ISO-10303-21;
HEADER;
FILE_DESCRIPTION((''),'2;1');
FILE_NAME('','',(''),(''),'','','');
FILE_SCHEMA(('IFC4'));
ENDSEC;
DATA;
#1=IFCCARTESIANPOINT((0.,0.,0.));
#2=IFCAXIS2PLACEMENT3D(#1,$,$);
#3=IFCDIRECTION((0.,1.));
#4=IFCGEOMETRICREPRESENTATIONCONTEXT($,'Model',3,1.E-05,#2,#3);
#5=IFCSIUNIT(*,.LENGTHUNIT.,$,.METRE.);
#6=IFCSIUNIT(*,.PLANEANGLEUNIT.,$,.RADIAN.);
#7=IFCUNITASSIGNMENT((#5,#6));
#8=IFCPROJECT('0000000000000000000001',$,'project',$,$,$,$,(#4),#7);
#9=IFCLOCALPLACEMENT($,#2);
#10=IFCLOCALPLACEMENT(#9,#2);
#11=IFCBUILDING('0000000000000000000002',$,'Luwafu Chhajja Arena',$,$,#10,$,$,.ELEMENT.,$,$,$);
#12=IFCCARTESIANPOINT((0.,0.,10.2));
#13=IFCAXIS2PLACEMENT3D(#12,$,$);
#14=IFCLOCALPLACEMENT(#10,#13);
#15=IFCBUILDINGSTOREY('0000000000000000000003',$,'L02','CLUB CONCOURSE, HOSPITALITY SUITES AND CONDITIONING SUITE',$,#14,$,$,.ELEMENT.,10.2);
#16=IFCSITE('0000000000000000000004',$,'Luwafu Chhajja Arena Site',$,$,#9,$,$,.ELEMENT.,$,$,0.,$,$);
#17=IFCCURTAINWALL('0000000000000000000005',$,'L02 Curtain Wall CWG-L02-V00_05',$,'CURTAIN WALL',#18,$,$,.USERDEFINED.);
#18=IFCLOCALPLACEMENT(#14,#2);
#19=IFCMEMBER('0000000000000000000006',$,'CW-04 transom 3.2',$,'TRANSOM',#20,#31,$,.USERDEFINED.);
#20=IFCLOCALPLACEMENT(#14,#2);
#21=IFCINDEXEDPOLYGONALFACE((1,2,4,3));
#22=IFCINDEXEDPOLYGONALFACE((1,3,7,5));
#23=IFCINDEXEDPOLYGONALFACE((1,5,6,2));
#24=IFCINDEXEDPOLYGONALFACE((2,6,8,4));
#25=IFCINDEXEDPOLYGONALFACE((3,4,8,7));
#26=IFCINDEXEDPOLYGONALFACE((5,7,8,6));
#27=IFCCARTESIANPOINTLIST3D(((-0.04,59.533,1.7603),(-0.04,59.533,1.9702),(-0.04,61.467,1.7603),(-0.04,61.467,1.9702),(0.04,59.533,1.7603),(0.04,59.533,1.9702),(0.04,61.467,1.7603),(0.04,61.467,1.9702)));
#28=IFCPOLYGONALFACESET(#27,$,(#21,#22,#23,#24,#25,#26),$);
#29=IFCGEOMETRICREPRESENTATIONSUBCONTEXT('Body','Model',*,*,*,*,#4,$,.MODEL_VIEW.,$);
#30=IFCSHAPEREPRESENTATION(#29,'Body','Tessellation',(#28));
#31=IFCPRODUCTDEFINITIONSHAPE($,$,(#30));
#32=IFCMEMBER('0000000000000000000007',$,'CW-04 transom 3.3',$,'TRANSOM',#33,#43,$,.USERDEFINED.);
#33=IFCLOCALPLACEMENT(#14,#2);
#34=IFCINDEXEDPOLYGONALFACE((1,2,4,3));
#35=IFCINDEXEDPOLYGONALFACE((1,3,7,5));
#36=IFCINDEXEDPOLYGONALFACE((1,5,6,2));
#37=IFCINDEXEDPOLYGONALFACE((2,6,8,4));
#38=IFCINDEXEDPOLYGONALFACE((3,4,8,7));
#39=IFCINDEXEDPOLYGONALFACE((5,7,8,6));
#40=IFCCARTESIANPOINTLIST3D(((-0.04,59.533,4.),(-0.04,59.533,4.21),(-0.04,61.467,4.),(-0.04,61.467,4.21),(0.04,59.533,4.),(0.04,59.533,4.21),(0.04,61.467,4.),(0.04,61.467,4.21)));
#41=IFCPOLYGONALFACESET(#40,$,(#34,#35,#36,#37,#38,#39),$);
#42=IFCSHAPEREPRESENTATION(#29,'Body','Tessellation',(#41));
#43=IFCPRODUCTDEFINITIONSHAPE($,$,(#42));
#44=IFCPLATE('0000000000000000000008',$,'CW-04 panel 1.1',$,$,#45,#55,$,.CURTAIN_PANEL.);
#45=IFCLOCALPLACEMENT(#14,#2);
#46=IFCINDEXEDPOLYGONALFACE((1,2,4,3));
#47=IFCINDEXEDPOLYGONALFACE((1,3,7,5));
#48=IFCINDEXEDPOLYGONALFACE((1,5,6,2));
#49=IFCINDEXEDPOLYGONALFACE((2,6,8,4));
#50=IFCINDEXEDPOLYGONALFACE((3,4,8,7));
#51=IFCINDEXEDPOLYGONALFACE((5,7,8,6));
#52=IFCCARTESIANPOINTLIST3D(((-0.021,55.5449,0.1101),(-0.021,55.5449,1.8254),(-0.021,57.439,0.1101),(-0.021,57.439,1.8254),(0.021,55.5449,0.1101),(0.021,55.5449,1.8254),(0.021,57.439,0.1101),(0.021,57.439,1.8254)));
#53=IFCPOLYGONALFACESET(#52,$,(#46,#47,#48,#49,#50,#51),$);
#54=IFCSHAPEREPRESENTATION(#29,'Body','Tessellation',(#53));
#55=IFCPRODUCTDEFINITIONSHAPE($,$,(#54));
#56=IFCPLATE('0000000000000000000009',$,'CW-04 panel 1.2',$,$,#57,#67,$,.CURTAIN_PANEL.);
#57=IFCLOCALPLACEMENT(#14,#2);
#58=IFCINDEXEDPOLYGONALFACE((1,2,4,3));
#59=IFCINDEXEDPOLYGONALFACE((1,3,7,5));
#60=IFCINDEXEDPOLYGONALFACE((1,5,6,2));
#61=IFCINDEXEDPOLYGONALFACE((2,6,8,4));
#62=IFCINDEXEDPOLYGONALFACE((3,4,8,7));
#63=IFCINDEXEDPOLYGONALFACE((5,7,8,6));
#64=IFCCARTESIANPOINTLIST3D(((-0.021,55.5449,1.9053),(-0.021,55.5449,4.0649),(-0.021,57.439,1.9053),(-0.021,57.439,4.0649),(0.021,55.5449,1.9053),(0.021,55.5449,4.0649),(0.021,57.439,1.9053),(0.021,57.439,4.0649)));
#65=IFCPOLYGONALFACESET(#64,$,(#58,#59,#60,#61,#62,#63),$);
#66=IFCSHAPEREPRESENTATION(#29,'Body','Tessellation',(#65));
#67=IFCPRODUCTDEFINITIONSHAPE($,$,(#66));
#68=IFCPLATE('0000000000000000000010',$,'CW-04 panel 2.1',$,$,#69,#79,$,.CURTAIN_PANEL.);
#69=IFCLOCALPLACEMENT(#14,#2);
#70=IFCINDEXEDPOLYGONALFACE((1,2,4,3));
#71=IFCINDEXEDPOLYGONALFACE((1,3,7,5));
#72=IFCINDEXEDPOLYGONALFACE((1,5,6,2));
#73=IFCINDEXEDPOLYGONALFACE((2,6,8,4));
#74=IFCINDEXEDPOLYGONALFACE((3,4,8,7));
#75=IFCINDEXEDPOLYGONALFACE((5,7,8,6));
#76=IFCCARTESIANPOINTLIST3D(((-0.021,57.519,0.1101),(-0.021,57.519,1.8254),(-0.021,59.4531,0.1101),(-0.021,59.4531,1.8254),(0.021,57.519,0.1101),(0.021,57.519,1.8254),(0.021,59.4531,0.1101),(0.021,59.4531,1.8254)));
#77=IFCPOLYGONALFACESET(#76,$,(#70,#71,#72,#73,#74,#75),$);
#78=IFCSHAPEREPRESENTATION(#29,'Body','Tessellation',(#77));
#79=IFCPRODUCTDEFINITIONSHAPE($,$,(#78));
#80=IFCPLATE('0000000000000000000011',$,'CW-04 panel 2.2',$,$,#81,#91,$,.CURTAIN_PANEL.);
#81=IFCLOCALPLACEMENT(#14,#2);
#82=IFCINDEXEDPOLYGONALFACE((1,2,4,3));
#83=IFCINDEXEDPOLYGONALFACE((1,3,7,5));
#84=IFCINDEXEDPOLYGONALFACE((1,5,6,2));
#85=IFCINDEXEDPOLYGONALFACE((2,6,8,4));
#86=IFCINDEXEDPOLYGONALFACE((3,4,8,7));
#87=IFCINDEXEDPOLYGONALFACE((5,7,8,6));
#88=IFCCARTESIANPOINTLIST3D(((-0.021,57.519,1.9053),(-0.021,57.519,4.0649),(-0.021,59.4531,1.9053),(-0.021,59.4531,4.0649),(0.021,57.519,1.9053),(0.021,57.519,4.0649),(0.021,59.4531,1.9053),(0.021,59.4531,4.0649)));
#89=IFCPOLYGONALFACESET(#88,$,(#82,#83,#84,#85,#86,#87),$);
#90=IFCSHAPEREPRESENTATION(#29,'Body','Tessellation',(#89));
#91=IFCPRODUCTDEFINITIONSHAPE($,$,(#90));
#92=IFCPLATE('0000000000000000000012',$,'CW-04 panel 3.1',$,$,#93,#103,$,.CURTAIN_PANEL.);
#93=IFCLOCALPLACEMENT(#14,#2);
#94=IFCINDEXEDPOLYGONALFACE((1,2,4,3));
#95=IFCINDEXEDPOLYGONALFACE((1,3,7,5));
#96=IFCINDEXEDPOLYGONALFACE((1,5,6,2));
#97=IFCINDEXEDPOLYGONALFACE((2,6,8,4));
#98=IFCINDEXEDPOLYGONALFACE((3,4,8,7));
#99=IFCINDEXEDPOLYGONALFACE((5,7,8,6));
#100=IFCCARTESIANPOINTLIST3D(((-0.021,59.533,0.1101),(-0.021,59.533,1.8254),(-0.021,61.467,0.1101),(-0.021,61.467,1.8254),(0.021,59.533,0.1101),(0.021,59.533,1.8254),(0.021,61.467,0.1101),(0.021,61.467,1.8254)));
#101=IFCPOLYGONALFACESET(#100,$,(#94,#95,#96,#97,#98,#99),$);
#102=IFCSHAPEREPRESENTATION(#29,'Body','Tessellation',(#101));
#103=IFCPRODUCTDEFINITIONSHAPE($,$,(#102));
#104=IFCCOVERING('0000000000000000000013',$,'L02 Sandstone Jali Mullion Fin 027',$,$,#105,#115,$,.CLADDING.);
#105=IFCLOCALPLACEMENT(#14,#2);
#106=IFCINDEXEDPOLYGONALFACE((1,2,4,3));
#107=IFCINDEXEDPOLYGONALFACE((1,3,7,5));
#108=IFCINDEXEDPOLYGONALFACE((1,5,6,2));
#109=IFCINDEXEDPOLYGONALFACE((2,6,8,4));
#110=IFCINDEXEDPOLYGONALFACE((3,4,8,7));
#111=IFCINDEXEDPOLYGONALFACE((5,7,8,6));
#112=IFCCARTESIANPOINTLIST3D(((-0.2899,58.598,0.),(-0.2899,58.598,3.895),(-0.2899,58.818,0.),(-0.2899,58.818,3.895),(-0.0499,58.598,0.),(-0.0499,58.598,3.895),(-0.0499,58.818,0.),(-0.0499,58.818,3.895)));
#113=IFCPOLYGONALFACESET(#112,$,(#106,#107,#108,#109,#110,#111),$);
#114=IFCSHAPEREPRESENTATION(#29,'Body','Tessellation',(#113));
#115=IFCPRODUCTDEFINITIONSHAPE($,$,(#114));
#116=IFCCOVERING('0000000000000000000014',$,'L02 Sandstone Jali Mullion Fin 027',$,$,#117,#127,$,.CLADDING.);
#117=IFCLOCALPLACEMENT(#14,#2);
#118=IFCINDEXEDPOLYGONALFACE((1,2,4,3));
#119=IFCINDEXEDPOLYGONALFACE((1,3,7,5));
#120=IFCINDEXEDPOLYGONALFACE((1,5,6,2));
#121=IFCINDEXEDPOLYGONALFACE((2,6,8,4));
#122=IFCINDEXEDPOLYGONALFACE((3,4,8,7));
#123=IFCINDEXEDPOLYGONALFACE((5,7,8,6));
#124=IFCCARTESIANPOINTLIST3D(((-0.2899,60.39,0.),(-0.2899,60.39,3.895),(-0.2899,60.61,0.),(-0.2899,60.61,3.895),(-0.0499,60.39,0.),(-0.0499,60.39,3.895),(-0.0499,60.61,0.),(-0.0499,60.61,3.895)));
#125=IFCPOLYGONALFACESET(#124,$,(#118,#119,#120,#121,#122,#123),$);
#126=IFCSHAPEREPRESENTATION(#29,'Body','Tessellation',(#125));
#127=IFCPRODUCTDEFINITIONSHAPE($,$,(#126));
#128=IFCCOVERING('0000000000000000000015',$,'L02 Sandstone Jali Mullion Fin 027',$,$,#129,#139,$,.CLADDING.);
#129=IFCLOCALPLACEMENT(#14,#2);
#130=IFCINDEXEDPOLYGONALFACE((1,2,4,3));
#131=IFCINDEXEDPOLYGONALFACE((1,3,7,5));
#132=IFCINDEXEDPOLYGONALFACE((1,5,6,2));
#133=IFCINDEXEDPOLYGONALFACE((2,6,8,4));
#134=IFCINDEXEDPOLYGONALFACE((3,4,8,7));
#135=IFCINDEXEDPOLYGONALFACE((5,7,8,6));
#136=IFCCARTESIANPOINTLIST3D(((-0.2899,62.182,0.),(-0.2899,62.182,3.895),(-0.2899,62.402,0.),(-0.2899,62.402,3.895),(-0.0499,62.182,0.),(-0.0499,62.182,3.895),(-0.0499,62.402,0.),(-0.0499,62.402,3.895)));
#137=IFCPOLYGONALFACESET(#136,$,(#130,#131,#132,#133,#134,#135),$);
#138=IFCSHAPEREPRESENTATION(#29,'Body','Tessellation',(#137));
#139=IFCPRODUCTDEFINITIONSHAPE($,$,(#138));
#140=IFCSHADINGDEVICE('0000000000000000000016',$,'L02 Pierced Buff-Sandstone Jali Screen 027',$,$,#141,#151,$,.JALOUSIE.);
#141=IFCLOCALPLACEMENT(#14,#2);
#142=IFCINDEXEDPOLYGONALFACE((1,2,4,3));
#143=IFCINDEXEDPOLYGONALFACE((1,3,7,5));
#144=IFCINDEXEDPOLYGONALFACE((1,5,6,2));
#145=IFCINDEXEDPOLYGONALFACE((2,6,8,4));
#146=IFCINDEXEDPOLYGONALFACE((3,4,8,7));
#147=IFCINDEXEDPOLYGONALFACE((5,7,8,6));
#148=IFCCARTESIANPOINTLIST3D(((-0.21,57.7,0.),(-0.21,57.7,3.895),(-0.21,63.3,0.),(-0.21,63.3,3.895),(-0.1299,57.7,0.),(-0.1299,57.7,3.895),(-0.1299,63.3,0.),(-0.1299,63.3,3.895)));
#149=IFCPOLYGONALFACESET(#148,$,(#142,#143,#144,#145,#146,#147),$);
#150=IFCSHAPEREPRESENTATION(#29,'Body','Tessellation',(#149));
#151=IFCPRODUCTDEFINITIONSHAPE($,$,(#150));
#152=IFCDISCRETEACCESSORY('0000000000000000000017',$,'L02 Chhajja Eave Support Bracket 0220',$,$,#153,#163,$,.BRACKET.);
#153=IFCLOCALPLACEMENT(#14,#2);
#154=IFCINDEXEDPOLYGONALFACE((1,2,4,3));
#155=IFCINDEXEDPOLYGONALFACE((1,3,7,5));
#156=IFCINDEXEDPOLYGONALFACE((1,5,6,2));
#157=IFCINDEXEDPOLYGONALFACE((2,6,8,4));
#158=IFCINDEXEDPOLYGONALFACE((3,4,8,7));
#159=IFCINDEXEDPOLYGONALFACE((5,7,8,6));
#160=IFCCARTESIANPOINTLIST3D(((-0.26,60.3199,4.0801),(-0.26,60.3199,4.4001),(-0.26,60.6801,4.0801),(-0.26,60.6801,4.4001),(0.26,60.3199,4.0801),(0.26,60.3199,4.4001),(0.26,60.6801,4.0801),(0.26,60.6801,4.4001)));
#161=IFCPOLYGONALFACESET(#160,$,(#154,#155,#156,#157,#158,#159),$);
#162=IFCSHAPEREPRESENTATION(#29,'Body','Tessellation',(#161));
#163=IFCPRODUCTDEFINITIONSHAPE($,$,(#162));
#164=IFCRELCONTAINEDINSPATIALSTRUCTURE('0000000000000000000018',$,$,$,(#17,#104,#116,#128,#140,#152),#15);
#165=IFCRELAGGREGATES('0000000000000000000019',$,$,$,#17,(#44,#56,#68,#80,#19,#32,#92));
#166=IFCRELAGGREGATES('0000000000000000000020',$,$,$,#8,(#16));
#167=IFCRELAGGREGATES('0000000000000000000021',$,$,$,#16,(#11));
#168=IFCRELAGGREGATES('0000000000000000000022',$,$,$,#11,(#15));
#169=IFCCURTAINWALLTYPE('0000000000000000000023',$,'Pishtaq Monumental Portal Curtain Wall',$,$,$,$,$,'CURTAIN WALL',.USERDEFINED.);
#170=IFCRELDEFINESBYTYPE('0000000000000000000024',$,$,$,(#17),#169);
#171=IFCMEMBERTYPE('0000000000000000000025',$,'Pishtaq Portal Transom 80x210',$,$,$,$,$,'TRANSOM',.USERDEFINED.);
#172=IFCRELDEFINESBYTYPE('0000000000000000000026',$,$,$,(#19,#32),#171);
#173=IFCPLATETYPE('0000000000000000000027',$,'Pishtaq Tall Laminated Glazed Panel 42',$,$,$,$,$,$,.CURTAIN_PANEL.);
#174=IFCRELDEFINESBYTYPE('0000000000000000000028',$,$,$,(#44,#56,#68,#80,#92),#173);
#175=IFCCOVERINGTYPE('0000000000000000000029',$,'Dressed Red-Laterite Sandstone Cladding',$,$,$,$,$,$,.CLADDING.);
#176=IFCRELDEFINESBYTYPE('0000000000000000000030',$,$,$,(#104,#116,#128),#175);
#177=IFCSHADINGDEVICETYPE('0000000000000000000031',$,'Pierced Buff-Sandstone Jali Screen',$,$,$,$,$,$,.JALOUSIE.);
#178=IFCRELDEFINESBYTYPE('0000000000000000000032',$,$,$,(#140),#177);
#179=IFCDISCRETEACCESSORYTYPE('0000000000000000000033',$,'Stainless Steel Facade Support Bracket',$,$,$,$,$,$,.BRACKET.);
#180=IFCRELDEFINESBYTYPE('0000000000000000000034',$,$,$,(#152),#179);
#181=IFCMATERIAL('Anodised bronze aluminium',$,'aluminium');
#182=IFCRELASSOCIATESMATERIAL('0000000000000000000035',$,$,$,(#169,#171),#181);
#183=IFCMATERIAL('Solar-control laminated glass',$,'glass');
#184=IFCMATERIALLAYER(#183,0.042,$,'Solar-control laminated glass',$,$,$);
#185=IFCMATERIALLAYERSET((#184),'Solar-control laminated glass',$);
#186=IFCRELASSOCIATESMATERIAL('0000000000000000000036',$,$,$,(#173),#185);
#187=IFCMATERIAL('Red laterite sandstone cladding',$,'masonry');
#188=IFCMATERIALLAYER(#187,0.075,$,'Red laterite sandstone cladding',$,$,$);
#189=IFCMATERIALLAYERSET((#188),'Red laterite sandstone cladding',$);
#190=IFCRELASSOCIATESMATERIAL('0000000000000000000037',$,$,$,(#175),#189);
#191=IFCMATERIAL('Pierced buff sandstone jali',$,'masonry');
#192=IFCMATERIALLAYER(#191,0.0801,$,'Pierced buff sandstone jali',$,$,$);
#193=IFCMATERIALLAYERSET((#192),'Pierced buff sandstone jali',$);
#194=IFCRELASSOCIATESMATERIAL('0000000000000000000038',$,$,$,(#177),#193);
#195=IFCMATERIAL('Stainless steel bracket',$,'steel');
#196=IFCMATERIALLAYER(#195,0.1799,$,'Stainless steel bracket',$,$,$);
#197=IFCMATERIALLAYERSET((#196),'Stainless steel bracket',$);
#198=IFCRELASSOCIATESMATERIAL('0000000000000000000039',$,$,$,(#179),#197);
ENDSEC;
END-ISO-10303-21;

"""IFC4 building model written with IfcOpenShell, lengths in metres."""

from ifc_helpers import new_model, si_unit, direction, frame, origin, origin_2d, place, context, subcontext, project, spatial, rectangle, extrude, material, layer, layer_set, material_profile, profile_set, type_object, element, aggregate, save


model = new_model("IFC4")

# Units and contexts
model_context = context("Model", 3, precision=1e-05, world=origin(), true_north=direction((0.0, 1.0)))
body_context = subcontext(model_context, "Body", "Model", "MODEL_VIEW")
ifc_project = project(units=[si_unit("LENGTHUNIT", "METRE"), si_unit("PLANEANGLEUNIT", "RADIAN")], contexts=[model_context])

# Site, building, storey
site_placement = place(None, origin())
site = spatial("IfcSite", under=ifc_project, at=site_placement, Name="Luwafu Chhajja Arena Site", CompositionType="ELEMENT", RefElevation=0.0)
building_placement = place(site_placement, origin())
building = spatial("IfcBuilding", under=site, at=building_placement, Name="Luwafu Chhajja Arena", CompositionType="ELEMENT")
storey_placement = place(building_placement, frame((0.0, 0.0, 10.2)))
storey = spatial("IfcBuildingStorey", under=building, at=storey_placement, Name="L02", Description="CLUB CONCOURSE, HOSPITALITY SUITES AND CONDITIONING SUITE", CompositionType="ELEMENT", Elevation=10.2)

# Curtain wall, members, plates
ifc_material_1 = material(Name="Anodised bronze aluminium", Category="aluminium")
curtain_wall_type = type_object("IfcCurtainWallType", Name="Pishtaq Monumental Portal Curtain Wall", ElementType="CURTAIN WALL", PredefinedType="USERDEFINED", material=ifc_material_1)
curtain_wall_placement = place(storey_placement, origin())
curtain_wall = element("IfcCurtainWall", 1, at=curtain_wall_placement, inside=storey, type_object=curtain_wall_type, Name="L02 Curtain Wall CWG-L02-V00_05", ObjectType="CURTAIN WALL", PredefinedType="USERDEFINED")
ifc_material_profile_1 = material_profile(ifc_material_1, rectangle(XDim=0.0801, YDim=0.21, at=origin_2d()), Name="CWT 80x210")
ifc_profile_set_1 = profile_set([ifc_material_profile_1], Name="Anodised bronze aluminium")
member_type_1 = type_object("IfcMemberType", Name="Pishtaq Portal Transom 80x210", ElementType="TRANSOM", PredefinedType="USERDEFINED", material=ifc_profile_set_1)
member_1_placement = place(storey_placement, frame((0.0, 59.533, 1.8652), z_axis=(0.0, 1.0, 0.0), x_axis=(-1.0, 0.0, 0.0)))
member_1 = element("IfcMember", 2, at=member_1_placement, type_object=member_type_1, Name="CW-04 transom 3.2", ObjectType="TRANSOM", PredefinedType="USERDEFINED", context=body_context, shape_type="SweptSolid", body=[
    extrude(rectangle(XDim=0.0801, YDim=0.21, at=origin_2d()), origin(), (0.0, 0.0, 1.0), 1.9341),
])
member_2_placement = place(storey_placement, frame((0.0, 59.533, 4.105), z_axis=(0.0, 1.0, 0.0), x_axis=(-1.0, 0.0, 0.0)))
member_2 = element("IfcMember", 3, at=member_2_placement, type_object=member_type_1, Name="CW-04 transom 3.3", ObjectType="TRANSOM", PredefinedType="USERDEFINED", context=body_context, shape_type="SweptSolid", body=[
    extrude(rectangle(XDim=0.0801, YDim=0.21, at=origin_2d()), origin(), (0.0, 0.0, 1.0), 1.9341),
])
ifc_material_2 = material(Name="Solar-control laminated glass", Category="glass")
ifc_layer_1 = layer(ifc_material_2, 0.042, Name="Solar-control laminated glass")
ifc_layer_set_1 = layer_set([ifc_layer_1], Name="Solar-control laminated glass")
plate_type = type_object("IfcPlateType", Name="Pishtaq Tall Laminated Glazed Panel 42", PredefinedType="CURTAIN_PANEL", material=ifc_layer_set_1)
plate_1_placement = place(storey_placement, frame((0.0, 56.4919, 0.1101), z_axis=(0.0, 0.0, 1.0), x_axis=(0.0, 1.0, 0.0)))
plate_1 = element("IfcPlate", 4, at=plate_1_placement, type_object=plate_type, Name="CW-04 panel 1.1", PredefinedType="CURTAIN_PANEL", context=body_context, shape_type="SweptSolid", body=[
    extrude(rectangle(XDim=1.894, YDim=0.042, at=origin_2d()), origin(), (0.0, 0.0, 1.0), 1.7153),
])
plate_2_placement = place(storey_placement, frame((0.0, 56.4919, 1.9053), z_axis=(0.0, 0.0, 1.0), x_axis=(0.0, 1.0, 0.0)))
plate_2 = element("IfcPlate", 5, at=plate_2_placement, type_object=plate_type, Name="CW-04 panel 1.2", PredefinedType="CURTAIN_PANEL", context=body_context, shape_type="SweptSolid", body=[
    extrude(rectangle(XDim=1.894, YDim=0.042, at=origin_2d()), origin(), (0.0, 0.0, 1.0), 2.1597),
])
plate_3_placement = place(storey_placement, frame((0.0, 58.4861, 0.1101), z_axis=(0.0, 0.0, 1.0), x_axis=(0.0, 1.0, 0.0)))
plate_3 = element("IfcPlate", 6, at=plate_3_placement, type_object=plate_type, Name="CW-04 panel 2.1", PredefinedType="CURTAIN_PANEL", context=body_context, shape_type="SweptSolid", body=[
    extrude(rectangle(XDim=1.9341, YDim=0.042, at=origin_2d()), origin(), (0.0, 0.0, 1.0), 1.7153),
])
plate_4_placement = place(storey_placement, frame((0.0, 58.4861, 1.9053), z_axis=(0.0, 0.0, 1.0), x_axis=(0.0, 1.0, 0.0)))
plate_4 = element("IfcPlate", 7, at=plate_4_placement, type_object=plate_type, Name="CW-04 panel 2.2", PredefinedType="CURTAIN_PANEL", context=body_context, shape_type="SweptSolid", body=[
    extrude(rectangle(XDim=1.9341, YDim=0.042, at=origin_2d()), origin(), (0.0, 0.0, 1.0), 2.1597),
])
plate_5_placement = place(storey_placement, frame((0.0, 60.5, 0.1101), z_axis=(0.0, 0.0, 1.0), x_axis=(0.0, 1.0, 0.0)))
plate_5 = element("IfcPlate", 8, at=plate_5_placement, type_object=plate_type, Name="CW-04 panel 3.1", PredefinedType="CURTAIN_PANEL", context=body_context, shape_type="SweptSolid", body=[
    extrude(rectangle(XDim=1.9341, YDim=0.042, at=origin_2d()), origin(), (0.0, 0.0, 1.0), 1.7153),
])
aggregate(curtain_wall, [plate_1, plate_2, plate_3, plate_4, member_1, member_2, plate_5])

# Coverings
ifc_material_3 = material(Name="Red laterite sandstone cladding", Category="masonry")
ifc_layer_2 = layer(ifc_material_3, 0.075, Name="Red laterite sandstone cladding")
ifc_layer_set_2 = layer_set([ifc_layer_2], Name="Red laterite sandstone cladding")
covering_type = type_object("IfcCoveringType", Name="Dressed Red-Laterite Sandstone Cladding", PredefinedType="CLADDING", material=ifc_layer_set_2)
for number, where, z_axis, x_axis, name in (
    (9, (-0.1699, 58.708, 0.0), (0.0, 0.0, 1.0), (0.0, 1.0, 0.0), "L02 Sandstone Jali Mullion Fin 027"),
    (10, (-0.1699, 60.5, 0.0), (0.0, 0.0, 1.0), (0.0, 1.0, 0.0), "L02 Sandstone Jali Mullion Fin 027"),
    (11, (-0.1699, 62.292, 0.0), (0.0, 0.0, 1.0), (0.0, 1.0, 0.0), "L02 Sandstone Jali Mullion Fin 027"),
):
    element("IfcCovering", number, at=place(storey_placement, frame(where, z_axis=z_axis, x_axis=x_axis)), inside=storey, type_object=covering_type, Name=name, PredefinedType="CLADDING", context=body_context, shape_type="SweptSolid", body=[
        extrude(rectangle(XDim=0.22, YDim=0.24, at=origin_2d()), origin(), (0.0, 0.0, 1.0), 3.895),
    ])

# Shading device
ifc_material_4 = material(Name="Pierced buff sandstone jali", Category="masonry")
ifc_layer_3 = layer(ifc_material_4, 0.0801, Name="Pierced buff sandstone jali")
ifc_layer_set_3 = layer_set([ifc_layer_3], Name="Pierced buff sandstone jali")
shading_device_type = type_object("IfcShadingDeviceType", Name="Pierced Buff-Sandstone Jali Screen", PredefinedType="JALOUSIE", material=ifc_layer_set_3)
shading_device_placement = place(storey_placement, frame((-0.1699, 60.5, 0.0), z_axis=(0.0, 0.0, 1.0), x_axis=(0.0, 1.0, 0.0)))
element("IfcShadingDevice", 12, at=shading_device_placement, inside=storey, type_object=shading_device_type, Name="L02 Pierced Buff-Sandstone Jali Screen 027", PredefinedType="JALOUSIE", context=body_context, shape_type="SweptSolid", body=[
    extrude(rectangle(XDim=5.6001, YDim=0.0801, at=origin_2d()), origin(), (0.0, 0.0, 1.0), 3.895),
])

# Discrete accessory
ifc_material_5 = material(Name="Stainless steel bracket", Category="steel")
ifc_layer_4 = layer(ifc_material_5, 0.1799, Name="Stainless steel bracket")
ifc_layer_set_4 = layer_set([ifc_layer_4], Name="Stainless steel bracket")
discrete_accessory_type = type_object("IfcDiscreteAccessoryType", Name="Stainless Steel Facade Support Bracket", PredefinedType="BRACKET", material=ifc_layer_set_4)
discrete_accessory_placement = place(storey_placement, frame((0.0, 60.5, 4.0801), z_axis=(0.0, 0.0, 1.0), x_axis=(0.0, 1.0, 0.0)))
element("IfcDiscreteAccessory", 13, at=discrete_accessory_placement, inside=storey, type_object=discrete_accessory_type, Name="L02 Chhajja Eave Support Bracket 0220", PredefinedType="BRACKET", context=body_context, shape_type="SweptSolid", body=[
    extrude(rectangle(XDim=0.3601, YDim=0.52, at=origin_2d()), origin(), (0.0, 0.0, 1.0), 0.3201),
])

save(model, "model.ifc")
